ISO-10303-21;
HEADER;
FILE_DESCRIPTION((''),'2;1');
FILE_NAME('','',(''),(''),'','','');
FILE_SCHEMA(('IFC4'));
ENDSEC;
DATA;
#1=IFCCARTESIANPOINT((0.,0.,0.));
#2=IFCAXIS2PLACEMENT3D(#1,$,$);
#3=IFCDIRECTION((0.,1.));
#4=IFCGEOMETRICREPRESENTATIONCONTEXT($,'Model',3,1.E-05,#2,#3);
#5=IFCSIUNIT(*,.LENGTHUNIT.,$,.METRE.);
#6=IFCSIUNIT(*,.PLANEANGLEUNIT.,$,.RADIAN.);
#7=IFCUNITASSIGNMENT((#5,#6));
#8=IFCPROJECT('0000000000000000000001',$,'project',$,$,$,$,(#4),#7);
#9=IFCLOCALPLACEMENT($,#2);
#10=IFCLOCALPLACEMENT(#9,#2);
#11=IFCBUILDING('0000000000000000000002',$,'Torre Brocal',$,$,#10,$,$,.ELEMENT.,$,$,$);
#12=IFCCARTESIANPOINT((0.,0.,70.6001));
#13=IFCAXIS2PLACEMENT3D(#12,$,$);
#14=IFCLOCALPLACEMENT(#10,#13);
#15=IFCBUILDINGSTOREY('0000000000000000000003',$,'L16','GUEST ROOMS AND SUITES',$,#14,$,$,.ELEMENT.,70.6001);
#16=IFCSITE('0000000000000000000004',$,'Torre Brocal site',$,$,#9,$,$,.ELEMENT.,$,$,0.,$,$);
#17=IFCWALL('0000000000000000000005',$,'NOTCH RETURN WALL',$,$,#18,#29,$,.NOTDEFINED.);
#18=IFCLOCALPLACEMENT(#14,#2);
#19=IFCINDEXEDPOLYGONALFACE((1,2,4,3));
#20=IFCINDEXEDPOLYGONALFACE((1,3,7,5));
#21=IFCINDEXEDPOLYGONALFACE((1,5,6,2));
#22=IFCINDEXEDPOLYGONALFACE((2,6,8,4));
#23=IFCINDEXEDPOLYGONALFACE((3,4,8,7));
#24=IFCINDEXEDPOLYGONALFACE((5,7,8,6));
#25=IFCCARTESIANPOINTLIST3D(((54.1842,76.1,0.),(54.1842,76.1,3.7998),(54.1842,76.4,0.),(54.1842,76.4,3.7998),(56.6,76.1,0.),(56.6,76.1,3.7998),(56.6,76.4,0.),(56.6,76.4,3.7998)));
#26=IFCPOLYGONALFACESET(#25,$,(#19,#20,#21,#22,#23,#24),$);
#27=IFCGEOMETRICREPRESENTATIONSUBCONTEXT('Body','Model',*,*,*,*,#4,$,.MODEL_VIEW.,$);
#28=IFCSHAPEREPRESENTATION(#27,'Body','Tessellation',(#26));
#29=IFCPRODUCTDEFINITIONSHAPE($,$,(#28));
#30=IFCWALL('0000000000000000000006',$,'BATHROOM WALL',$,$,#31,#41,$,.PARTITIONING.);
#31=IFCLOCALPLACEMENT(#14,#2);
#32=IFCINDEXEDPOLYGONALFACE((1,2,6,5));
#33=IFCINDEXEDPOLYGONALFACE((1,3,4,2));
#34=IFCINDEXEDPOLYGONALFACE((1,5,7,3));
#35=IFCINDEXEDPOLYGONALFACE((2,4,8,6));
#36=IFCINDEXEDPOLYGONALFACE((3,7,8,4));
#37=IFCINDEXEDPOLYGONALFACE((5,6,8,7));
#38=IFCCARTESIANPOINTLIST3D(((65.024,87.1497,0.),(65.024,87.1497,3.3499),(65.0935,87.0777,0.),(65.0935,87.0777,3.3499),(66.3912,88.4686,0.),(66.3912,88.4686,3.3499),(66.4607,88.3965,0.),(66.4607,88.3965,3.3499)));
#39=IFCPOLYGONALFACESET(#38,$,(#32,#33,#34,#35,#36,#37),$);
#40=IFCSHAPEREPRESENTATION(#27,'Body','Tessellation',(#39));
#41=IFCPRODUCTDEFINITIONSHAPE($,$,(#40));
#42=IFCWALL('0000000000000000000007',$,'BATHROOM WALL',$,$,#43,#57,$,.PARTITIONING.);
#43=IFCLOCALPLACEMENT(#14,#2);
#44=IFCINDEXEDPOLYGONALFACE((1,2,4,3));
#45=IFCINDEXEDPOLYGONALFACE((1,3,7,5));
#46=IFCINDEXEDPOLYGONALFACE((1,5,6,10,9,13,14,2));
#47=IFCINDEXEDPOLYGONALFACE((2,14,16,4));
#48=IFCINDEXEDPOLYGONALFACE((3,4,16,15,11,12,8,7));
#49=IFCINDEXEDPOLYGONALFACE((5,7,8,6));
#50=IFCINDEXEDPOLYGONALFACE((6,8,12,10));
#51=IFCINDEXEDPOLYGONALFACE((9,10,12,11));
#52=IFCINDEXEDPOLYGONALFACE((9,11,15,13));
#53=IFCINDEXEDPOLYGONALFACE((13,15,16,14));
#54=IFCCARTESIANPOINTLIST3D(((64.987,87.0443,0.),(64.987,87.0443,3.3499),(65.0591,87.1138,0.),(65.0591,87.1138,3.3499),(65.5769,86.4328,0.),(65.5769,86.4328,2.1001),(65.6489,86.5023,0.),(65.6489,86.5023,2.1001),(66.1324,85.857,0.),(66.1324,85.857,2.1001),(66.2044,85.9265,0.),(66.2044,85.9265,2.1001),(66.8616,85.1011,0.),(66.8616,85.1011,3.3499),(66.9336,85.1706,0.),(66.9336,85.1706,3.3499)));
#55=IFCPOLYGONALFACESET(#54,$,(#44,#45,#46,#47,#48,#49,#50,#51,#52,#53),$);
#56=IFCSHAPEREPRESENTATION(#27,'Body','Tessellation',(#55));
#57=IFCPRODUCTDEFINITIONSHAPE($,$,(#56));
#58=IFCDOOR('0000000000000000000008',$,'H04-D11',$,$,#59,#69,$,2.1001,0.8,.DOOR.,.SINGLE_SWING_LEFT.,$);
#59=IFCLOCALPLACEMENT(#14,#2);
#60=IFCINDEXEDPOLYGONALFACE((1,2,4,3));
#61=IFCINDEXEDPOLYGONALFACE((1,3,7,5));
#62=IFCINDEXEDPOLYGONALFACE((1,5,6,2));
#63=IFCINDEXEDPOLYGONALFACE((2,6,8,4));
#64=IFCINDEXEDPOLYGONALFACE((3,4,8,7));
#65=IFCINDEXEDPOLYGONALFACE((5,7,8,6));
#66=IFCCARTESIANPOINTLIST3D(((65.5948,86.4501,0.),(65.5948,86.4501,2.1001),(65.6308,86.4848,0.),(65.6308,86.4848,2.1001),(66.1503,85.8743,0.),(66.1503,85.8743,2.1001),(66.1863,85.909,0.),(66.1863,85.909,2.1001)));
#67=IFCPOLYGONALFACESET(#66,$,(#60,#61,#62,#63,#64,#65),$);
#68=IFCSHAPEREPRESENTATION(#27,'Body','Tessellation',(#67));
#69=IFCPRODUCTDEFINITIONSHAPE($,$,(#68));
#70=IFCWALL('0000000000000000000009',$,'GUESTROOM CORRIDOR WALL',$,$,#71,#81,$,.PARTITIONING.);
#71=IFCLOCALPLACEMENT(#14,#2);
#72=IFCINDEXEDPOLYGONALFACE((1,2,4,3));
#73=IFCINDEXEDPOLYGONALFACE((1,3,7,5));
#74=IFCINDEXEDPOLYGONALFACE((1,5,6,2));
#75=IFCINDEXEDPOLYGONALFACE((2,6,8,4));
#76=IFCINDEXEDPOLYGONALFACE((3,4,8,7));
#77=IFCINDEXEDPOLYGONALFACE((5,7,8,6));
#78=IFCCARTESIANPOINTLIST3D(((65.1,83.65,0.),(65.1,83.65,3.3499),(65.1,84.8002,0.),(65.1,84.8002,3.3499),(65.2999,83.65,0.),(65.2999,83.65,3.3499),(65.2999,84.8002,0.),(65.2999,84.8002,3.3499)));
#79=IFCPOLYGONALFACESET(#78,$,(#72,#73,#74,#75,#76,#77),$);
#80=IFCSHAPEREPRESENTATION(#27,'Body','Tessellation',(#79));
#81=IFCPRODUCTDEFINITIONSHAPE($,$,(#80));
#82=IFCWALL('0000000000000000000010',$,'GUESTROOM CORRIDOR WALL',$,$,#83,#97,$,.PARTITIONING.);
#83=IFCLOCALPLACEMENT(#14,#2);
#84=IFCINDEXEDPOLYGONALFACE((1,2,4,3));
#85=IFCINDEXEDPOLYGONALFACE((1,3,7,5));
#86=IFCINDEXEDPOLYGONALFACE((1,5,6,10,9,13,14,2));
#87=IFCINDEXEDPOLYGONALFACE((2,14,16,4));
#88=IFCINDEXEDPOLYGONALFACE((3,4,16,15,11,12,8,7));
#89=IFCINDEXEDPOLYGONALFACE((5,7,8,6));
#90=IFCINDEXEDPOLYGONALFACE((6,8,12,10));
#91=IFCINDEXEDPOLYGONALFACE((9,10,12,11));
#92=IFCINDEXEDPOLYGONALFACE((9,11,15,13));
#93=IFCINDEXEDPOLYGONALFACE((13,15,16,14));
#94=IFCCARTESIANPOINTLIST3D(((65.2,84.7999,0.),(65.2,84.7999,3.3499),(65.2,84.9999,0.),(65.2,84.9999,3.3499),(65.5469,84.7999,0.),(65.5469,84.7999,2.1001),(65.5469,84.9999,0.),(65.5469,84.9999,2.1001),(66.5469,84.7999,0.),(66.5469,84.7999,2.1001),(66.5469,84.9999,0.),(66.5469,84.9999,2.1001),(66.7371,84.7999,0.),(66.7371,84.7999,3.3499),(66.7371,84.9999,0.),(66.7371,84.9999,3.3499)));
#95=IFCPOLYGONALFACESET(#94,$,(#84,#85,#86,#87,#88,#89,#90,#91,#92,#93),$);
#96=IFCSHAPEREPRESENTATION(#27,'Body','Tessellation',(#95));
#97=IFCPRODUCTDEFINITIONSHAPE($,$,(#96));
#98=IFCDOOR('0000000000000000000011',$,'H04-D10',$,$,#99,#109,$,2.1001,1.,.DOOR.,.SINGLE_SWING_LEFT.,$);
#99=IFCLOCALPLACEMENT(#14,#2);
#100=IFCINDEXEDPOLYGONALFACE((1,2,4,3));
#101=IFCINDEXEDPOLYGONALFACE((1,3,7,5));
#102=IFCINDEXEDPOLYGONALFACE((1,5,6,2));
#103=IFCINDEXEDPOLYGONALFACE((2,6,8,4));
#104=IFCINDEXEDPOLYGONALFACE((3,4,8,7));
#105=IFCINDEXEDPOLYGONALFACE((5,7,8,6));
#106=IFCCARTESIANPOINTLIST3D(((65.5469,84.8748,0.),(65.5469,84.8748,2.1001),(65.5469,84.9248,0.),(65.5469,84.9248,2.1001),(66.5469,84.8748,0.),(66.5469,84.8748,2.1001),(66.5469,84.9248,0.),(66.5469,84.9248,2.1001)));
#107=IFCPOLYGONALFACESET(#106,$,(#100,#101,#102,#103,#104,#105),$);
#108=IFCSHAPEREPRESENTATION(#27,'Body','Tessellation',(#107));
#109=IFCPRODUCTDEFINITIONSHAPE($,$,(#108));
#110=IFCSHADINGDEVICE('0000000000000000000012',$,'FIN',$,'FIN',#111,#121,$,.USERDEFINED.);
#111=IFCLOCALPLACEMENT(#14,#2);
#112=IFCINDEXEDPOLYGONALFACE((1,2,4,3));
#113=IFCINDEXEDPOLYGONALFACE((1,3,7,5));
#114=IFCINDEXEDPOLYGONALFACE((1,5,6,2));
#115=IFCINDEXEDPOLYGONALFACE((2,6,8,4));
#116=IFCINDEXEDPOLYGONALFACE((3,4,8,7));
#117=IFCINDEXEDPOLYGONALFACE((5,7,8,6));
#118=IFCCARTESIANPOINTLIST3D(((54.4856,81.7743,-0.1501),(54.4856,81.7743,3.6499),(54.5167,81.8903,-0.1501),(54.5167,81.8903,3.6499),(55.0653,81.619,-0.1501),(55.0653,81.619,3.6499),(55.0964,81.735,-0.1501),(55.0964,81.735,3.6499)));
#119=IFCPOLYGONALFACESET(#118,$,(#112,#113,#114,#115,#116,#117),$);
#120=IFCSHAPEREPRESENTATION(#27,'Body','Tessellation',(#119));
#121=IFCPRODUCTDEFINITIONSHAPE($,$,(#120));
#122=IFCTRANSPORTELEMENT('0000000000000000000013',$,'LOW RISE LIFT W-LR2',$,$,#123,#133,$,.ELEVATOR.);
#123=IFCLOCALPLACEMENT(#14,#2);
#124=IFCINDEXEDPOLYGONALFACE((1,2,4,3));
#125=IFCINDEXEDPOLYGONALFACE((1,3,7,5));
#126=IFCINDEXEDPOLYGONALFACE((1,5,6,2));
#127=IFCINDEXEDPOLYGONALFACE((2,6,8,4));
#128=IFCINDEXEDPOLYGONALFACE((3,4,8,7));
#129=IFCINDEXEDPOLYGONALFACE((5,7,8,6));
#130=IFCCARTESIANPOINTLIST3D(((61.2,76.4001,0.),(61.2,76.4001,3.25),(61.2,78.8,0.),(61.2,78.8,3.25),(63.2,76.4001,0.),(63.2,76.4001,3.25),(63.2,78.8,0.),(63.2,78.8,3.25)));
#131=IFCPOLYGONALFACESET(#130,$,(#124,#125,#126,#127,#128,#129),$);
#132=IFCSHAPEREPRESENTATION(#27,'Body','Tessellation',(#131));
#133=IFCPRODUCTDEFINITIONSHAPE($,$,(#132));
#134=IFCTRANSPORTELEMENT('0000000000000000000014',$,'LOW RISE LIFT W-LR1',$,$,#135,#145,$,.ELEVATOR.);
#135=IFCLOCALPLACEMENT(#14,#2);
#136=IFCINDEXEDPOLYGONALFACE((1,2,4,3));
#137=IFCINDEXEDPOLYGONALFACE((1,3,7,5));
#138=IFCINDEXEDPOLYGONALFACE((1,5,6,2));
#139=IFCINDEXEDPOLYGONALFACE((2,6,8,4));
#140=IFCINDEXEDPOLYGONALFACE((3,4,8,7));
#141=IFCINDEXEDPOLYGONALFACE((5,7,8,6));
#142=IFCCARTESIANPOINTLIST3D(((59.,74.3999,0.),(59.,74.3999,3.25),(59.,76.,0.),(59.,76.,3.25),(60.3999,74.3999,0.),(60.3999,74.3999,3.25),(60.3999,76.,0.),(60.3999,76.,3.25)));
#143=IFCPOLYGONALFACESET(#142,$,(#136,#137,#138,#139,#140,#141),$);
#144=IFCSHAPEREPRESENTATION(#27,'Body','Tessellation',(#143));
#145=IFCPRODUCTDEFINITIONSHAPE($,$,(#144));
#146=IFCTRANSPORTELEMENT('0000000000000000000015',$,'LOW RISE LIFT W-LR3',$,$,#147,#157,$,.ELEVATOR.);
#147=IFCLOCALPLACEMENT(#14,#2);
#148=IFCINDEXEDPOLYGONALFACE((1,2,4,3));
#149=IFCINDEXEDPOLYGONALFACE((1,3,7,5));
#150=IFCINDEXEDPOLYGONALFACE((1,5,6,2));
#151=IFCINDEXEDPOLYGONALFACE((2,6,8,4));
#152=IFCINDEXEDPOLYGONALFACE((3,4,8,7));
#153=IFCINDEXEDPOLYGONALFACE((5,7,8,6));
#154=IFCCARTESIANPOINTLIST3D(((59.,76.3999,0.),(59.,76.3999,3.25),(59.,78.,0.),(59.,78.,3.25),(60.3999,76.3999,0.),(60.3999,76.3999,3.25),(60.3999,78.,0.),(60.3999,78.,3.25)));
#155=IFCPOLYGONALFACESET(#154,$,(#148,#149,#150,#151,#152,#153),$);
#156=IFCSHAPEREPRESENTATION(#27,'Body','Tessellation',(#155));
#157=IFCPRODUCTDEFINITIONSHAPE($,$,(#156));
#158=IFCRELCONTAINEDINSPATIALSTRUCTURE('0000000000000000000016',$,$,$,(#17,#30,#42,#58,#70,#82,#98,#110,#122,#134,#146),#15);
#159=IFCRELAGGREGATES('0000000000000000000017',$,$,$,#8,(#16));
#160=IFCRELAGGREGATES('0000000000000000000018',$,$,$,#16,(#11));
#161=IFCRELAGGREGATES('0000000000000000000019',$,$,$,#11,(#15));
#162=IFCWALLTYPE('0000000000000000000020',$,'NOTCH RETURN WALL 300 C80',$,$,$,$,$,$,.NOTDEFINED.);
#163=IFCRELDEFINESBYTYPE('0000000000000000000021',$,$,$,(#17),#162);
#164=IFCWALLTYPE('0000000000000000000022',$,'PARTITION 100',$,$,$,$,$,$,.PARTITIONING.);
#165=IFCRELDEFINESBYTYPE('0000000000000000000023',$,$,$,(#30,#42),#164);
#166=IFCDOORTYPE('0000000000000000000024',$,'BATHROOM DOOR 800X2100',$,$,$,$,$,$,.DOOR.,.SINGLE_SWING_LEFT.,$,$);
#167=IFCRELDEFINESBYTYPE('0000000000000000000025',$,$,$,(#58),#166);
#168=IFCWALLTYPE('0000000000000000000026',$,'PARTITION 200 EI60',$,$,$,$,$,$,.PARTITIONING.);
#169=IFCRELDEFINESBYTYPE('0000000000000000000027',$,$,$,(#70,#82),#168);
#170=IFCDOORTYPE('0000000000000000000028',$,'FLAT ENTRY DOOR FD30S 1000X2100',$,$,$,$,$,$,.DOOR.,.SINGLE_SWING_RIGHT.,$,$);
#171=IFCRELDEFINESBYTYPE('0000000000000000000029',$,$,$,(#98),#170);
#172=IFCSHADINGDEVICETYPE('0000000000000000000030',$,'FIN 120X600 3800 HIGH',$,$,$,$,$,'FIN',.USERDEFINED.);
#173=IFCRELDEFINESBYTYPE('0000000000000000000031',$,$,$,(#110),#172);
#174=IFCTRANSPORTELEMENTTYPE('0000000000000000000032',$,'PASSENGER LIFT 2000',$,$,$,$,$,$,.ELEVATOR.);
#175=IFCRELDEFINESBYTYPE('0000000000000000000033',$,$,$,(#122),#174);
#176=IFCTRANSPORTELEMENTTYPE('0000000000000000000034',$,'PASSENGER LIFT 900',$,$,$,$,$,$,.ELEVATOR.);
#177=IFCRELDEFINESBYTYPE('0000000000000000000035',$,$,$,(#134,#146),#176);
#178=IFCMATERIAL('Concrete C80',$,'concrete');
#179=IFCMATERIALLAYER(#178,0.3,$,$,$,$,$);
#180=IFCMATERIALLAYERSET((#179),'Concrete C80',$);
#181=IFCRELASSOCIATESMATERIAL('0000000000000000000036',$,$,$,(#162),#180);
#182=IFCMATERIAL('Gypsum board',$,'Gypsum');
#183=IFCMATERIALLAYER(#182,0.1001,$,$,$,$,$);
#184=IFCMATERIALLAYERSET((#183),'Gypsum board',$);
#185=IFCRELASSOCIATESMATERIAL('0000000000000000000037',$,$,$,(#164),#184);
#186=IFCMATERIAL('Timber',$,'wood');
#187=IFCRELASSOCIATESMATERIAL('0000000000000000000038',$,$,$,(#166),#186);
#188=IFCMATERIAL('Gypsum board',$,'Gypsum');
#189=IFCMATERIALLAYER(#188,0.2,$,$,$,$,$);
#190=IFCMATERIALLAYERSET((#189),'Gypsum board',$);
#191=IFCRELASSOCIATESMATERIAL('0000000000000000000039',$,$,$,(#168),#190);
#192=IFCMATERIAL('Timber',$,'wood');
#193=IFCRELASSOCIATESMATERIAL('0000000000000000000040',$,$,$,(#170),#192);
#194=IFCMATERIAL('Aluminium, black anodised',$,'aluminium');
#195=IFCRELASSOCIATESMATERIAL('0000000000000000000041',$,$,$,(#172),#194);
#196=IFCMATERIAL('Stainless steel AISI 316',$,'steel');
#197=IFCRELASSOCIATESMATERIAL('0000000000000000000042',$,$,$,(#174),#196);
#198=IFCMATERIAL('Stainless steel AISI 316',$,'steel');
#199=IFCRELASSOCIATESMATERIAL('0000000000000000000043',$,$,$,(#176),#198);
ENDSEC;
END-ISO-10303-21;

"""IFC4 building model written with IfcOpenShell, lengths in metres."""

from ifc_helpers import new_model, si_unit, direction, frame, frame_2d, origin, origin_2d, place, context, subcontext, project, spatial, rectangle, extrude, material, layer, layer_set, material_profile, profile_set, type_object, element, fill, save


model = new_model("IFC4")

# Units and contexts
model_context = context("Model", 3, precision=1e-05, world=origin(), true_north=direction((0.0, 1.0)))
body_context = subcontext(model_context, "Body", "Model", "MODEL_VIEW")
ifc_project = project(units=[si_unit("LENGTHUNIT", "METRE"), si_unit("PLANEANGLEUNIT", "RADIAN")], contexts=[model_context])

# Site, building, storey
site_placement = place(None, origin())
site = spatial("IfcSite", under=ifc_project, at=site_placement, Name="Torre Brocal site", CompositionType="ELEMENT", RefElevation=0.0)
building_placement = place(site_placement, origin())
building = spatial("IfcBuilding", under=site, at=building_placement, Name="Torre Brocal", CompositionType="ELEMENT")
storey_placement = place(building_placement, frame((0.0, 0.0, 70.6001)))
storey = spatial("IfcBuildingStorey", under=building, at=storey_placement, Name="L16", Description="GUEST ROOMS AND SUITES", CompositionType="ELEMENT", Elevation=70.6001)

# Walls
ifc_material_1 = material(Name="Concrete C80", Category="concrete")
ifc_layer_1 = layer(ifc_material_1, 0.3)
ifc_layer_set_1 = layer_set([ifc_layer_1], Name="Concrete C80")
wall_type_1 = type_object("IfcWallType", Name="NOTCH RETURN WALL 300 C80", PredefinedType="NOTDEFINED", material=ifc_layer_set_1)
wall_1_placement = place(storey_placement, frame((56.6001, 76.25, 0.0), z_axis=(0.0, 0.0, 1.0), x_axis=(-1.0, 0.0, 0.0)))
element("IfcWall", 1, at=wall_1_placement, inside=storey, type_object=wall_type_1, Name="NOTCH RETURN WALL", PredefinedType="NOTDEFINED", context=body_context, shape_type="SweptSolid", body=[
    extrude(rectangle(XDim=2.4158, YDim=0.3, at=frame_2d((1.208, 0.0))), origin(), (0.0, 0.0, 1.0), 3.7998),
])
ifc_material_2 = material(Name="Gypsum board", Category="Gypsum")
ifc_layer_2 = layer(ifc_material_2, 0.1001)
ifc_layer_set_2 = layer_set([ifc_layer_2], Name="Gypsum board")
wall_type_2 = type_object("IfcWallType", Name="PARTITION 100", PredefinedType="PARTITIONING", material=ifc_layer_set_2)
wall_2_placement = place(storey_placement, frame((65.0588, 87.1138, 0.0), z_axis=(0.0, 0.0, 1.0), x_axis=(0.719716, 0.694269, 0.0)))
element("IfcWall", 2, at=wall_2_placement, inside=storey, type_object=wall_type_2, Name="BATHROOM WALL", PredefinedType="PARTITIONING", context=body_context, shape_type="SweptSolid", body=[
    extrude(rectangle(XDim=1.8997, YDim=0.1001, at=frame_2d((0.9497, 0.0))), origin(), (0.0, 0.0, 1.0), 3.3499),
])

# Wall, opening, door
wall_3_placement = place(storey_placement, frame((65.0229, 87.0791, 0.0), z_axis=(0.0, 0.0, 1.0), x_axis=(0.694288, -0.719697, 0.0)))
wall_3 = element("IfcWall", 3, at=wall_3_placement, inside=storey, type_object=wall_type_2, Name="BATHROOM WALL", PredefinedType="PARTITIONING", context=body_context, shape_type="SweptSolid", body=[
    extrude(rectangle(XDim=2.7, YDim=0.1001, at=frame_2d((1.3501, 0.0))), origin(), (0.0, 0.0, 1.0), 3.3499),
])
opening_1_placement = place(wall_3_placement, frame((0.8499, 0.0, 0.0)))
opening_1 = element("IfcOpeningElement", 4, at=opening_1_placement, cuts=wall_3, PredefinedType="OPENING", context=body_context, shape_type="SweptSolid", body=[
    extrude(rectangle(XDim=0.8, YDim=2.1001, at=frame_2d((0.3999, 1.05))), frame((0.0, 0.0601, 0.0), z_axis=(0.0, -1.0, 0.0), x_axis=(1.0, 0.0, 0.0)), (0.0, 0.0, 1.0), 0.1201),
])
ifc_material_3 = material(Name="Timber", Category="wood")
door_type_1 = type_object("IfcDoorType", Name="BATHROOM DOOR 800X2100", OperationType="SINGLE_SWING_LEFT", PredefinedType="DOOR", material=ifc_material_3)
door_1_placement = place(opening_1_placement, origin())
door_1 = element("IfcDoor", 5, at=door_1_placement, inside=storey, type_object=door_type_1, Name="H04-D11", OperationType="SINGLE_SWING_LEFT", OverallHeight=2.1001, OverallWidth=0.8, PredefinedType="DOOR", context=body_context, shape_type="SweptSolid", body=[
    extrude(rectangle(XDim=0.8, YDim=2.1001, at=frame_2d((0.3999, 1.05))), frame((0.0, 0.0249, 0.0), z_axis=(0.0, -1.0, 0.0), x_axis=(1.0, 0.0, 0.0)), (0.0, 0.0, 1.0), 0.05),
])
fill(opening_1, door_1)

# Wall
ifc_material_4 = material(Name="Gypsum board", Category="Gypsum")
ifc_layer_3 = layer(ifc_material_4, 0.2)
ifc_layer_set_3 = layer_set([ifc_layer_3], Name="Gypsum board")
wall_type_3 = type_object("IfcWallType", Name="PARTITION 200 EI60", PredefinedType="PARTITIONING", material=ifc_layer_set_3)
wall_4_placement = place(storey_placement, frame((65.2, 83.6499, 0.0), z_axis=(0.0, 0.0, 1.0), x_axis=(0.0, 1.0, 0.0)))
element("IfcWall", 6, at=wall_4_placement, inside=storey, type_object=wall_type_3, Name="GUESTROOM CORRIDOR WALL", PredefinedType="PARTITIONING", context=body_context, shape_type="SweptSolid", body=[
    extrude(rectangle(XDim=1.1501, YDim=0.2, at=frame_2d((0.5752, 0.0))), origin(), (0.0, 0.0, 1.0), 3.3499),
])

# Wall, opening, door
wall_5_placement = place(storey_placement, frame((65.2, 84.8999, 0.0), z_axis=(0.0, 0.0, 1.0), x_axis=(1.0, 0.0, 0.0)))
wall_5 = element("IfcWall", 7, at=wall_5_placement, inside=storey, type_object=wall_type_3, Name="GUESTROOM CORRIDOR WALL", PredefinedType="PARTITIONING", context=body_context, shape_type="SweptSolid", body=[
    extrude(rectangle(XDim=1.5371, YDim=0.2, at=frame_2d((0.7686, 0.0))), origin(), (0.0, 0.0, 1.0), 3.3499),
])
opening_2_placement = place(wall_5_placement, frame((0.3469, 0.0, 0.0)))
opening_2 = element("IfcOpeningElement", 8, at=opening_2_placement, cuts=wall_5, PredefinedType="OPENING", context=body_context, shape_type="SweptSolid", body=[
    extrude(rectangle(XDim=1.0, YDim=2.1001, at=frame_2d((0.5, 1.05))), frame((0.0, 0.1099, 0.0), z_axis=(0.0, -1.0, 0.0), x_axis=(1.0, 0.0, 0.0)), (0.0, 0.0, 1.0), 0.22),
])
ifc_material_5 = material(Name="Timber", Category="wood")
door_type_2 = type_object("IfcDoorType", Name="FLAT ENTRY DOOR FD30S 1000X2100", OperationType="SINGLE_SWING_RIGHT", PredefinedType="DOOR", material=ifc_material_5)
door_2_placement = place(opening_2_placement, origin())
door_2 = element("IfcDoor", 9, at=door_2_placement, inside=storey, type_object=door_type_2, Name="H04-D10", OperationType="SINGLE_SWING_LEFT", OverallHeight=2.1001, OverallWidth=1.0, PredefinedType="DOOR", context=body_context, shape_type="SweptSolid", body=[
    extrude(rectangle(XDim=1.0, YDim=2.1001, at=frame_2d((0.5, 1.05))), frame((0.0, 0.0249, 0.0), z_axis=(0.0, -1.0, 0.0), x_axis=(1.0, 0.0, 0.0)), (0.0, 0.0, 1.0), 0.05),
])
fill(opening_2, door_2)

# Shading device
ifc_material_6 = material(Name="Aluminium, black anodised", Category="aluminium")
ifc_material_profile_1 = material_profile(ifc_material_6, rectangle(XDim=0.1201, YDim=0.6001, at=origin_2d()), Name="FIN 120X600 3800 HIGH")
ifc_profile_set_1 = profile_set([ifc_material_profile_1], Name="Aluminium, black anodised")
shading_device_type = type_object("IfcShadingDeviceType", Name="FIN 120X600 3800 HIGH", ElementType="FIN", PredefinedType="USERDEFINED", material=ifc_profile_set_1)
shading_device_placement = place(storey_placement, frame((54.791, 81.7546, -0.1501), z_axis=(0.0, 0.0, 1.0), x_axis=(-0.258819, -0.965926, 0.0)))
element("IfcShadingDevice", 10, at=shading_device_placement, inside=storey, type_object=shading_device_type, Name="FIN", ObjectType="FIN", PredefinedType="USERDEFINED", context=body_context, shape_type="SweptSolid", body=[
    extrude(rectangle(XDim=0.1201, YDim=0.6001, at=origin_2d()), origin(), (0.0, 0.0, 1.0), 3.8),
])

# Transport elements
ifc_material_7 = material(Name="Stainless steel AISI 316", Category="steel")
transport_element_type_1 = type_object("IfcTransportElementType", Name="PASSENGER LIFT 2000", PredefinedType="ELEVATOR", material=ifc_material_7)
transport_element_placement = place(storey_placement, frame((62.2, 77.6001, 0.0), z_axis=(0.0, 0.0, 1.0), x_axis=(1.0, 0.0, 0.0)))
element("IfcTransportElement", 11, at=transport_element_placement, inside=storey, type_object=transport_element_type_1, Name="LOW RISE LIFT W-LR2", PredefinedType="ELEVATOR", context=body_context, shape_type="SweptSolid", body=[
    extrude(rectangle(XDim=2.0, YDim=2.3999, at=origin_2d()), origin(), (0.0, 0.0, 1.0), 3.25),
])
ifc_material_8 = material(Name="Stainless steel AISI 316", Category="steel")
transport_element_type_2 = type_object("IfcTransportElementType", Name="PASSENGER LIFT 900", PredefinedType="ELEVATOR", material=ifc_material_8)
for number, where, z_axis, x_axis, name in (
    (12, (59.7, 75.2, 0.0), (0.0, 0.0, 1.0), (1.0, 0.0, 0.0), "LOW RISE LIFT W-LR1"),
    (13, (59.7, 77.2, 0.0), (0.0, 0.0, 1.0), (1.0, 0.0, 0.0), "LOW RISE LIFT W-LR3"),
):
    element("IfcTransportElement", number, at=place(storey_placement, frame(where, z_axis=z_axis, x_axis=x_axis)), inside=storey, type_object=transport_element_type_2, Name=name, PredefinedType="ELEVATOR", context=body_context, shape_type="SweptSolid", body=[
        extrude(rectangle(XDim=1.3999, YDim=1.6001, at=origin_2d()), origin(), (0.0, 0.0, 1.0), 3.25),
    ])

save(model, "model.ifc")
